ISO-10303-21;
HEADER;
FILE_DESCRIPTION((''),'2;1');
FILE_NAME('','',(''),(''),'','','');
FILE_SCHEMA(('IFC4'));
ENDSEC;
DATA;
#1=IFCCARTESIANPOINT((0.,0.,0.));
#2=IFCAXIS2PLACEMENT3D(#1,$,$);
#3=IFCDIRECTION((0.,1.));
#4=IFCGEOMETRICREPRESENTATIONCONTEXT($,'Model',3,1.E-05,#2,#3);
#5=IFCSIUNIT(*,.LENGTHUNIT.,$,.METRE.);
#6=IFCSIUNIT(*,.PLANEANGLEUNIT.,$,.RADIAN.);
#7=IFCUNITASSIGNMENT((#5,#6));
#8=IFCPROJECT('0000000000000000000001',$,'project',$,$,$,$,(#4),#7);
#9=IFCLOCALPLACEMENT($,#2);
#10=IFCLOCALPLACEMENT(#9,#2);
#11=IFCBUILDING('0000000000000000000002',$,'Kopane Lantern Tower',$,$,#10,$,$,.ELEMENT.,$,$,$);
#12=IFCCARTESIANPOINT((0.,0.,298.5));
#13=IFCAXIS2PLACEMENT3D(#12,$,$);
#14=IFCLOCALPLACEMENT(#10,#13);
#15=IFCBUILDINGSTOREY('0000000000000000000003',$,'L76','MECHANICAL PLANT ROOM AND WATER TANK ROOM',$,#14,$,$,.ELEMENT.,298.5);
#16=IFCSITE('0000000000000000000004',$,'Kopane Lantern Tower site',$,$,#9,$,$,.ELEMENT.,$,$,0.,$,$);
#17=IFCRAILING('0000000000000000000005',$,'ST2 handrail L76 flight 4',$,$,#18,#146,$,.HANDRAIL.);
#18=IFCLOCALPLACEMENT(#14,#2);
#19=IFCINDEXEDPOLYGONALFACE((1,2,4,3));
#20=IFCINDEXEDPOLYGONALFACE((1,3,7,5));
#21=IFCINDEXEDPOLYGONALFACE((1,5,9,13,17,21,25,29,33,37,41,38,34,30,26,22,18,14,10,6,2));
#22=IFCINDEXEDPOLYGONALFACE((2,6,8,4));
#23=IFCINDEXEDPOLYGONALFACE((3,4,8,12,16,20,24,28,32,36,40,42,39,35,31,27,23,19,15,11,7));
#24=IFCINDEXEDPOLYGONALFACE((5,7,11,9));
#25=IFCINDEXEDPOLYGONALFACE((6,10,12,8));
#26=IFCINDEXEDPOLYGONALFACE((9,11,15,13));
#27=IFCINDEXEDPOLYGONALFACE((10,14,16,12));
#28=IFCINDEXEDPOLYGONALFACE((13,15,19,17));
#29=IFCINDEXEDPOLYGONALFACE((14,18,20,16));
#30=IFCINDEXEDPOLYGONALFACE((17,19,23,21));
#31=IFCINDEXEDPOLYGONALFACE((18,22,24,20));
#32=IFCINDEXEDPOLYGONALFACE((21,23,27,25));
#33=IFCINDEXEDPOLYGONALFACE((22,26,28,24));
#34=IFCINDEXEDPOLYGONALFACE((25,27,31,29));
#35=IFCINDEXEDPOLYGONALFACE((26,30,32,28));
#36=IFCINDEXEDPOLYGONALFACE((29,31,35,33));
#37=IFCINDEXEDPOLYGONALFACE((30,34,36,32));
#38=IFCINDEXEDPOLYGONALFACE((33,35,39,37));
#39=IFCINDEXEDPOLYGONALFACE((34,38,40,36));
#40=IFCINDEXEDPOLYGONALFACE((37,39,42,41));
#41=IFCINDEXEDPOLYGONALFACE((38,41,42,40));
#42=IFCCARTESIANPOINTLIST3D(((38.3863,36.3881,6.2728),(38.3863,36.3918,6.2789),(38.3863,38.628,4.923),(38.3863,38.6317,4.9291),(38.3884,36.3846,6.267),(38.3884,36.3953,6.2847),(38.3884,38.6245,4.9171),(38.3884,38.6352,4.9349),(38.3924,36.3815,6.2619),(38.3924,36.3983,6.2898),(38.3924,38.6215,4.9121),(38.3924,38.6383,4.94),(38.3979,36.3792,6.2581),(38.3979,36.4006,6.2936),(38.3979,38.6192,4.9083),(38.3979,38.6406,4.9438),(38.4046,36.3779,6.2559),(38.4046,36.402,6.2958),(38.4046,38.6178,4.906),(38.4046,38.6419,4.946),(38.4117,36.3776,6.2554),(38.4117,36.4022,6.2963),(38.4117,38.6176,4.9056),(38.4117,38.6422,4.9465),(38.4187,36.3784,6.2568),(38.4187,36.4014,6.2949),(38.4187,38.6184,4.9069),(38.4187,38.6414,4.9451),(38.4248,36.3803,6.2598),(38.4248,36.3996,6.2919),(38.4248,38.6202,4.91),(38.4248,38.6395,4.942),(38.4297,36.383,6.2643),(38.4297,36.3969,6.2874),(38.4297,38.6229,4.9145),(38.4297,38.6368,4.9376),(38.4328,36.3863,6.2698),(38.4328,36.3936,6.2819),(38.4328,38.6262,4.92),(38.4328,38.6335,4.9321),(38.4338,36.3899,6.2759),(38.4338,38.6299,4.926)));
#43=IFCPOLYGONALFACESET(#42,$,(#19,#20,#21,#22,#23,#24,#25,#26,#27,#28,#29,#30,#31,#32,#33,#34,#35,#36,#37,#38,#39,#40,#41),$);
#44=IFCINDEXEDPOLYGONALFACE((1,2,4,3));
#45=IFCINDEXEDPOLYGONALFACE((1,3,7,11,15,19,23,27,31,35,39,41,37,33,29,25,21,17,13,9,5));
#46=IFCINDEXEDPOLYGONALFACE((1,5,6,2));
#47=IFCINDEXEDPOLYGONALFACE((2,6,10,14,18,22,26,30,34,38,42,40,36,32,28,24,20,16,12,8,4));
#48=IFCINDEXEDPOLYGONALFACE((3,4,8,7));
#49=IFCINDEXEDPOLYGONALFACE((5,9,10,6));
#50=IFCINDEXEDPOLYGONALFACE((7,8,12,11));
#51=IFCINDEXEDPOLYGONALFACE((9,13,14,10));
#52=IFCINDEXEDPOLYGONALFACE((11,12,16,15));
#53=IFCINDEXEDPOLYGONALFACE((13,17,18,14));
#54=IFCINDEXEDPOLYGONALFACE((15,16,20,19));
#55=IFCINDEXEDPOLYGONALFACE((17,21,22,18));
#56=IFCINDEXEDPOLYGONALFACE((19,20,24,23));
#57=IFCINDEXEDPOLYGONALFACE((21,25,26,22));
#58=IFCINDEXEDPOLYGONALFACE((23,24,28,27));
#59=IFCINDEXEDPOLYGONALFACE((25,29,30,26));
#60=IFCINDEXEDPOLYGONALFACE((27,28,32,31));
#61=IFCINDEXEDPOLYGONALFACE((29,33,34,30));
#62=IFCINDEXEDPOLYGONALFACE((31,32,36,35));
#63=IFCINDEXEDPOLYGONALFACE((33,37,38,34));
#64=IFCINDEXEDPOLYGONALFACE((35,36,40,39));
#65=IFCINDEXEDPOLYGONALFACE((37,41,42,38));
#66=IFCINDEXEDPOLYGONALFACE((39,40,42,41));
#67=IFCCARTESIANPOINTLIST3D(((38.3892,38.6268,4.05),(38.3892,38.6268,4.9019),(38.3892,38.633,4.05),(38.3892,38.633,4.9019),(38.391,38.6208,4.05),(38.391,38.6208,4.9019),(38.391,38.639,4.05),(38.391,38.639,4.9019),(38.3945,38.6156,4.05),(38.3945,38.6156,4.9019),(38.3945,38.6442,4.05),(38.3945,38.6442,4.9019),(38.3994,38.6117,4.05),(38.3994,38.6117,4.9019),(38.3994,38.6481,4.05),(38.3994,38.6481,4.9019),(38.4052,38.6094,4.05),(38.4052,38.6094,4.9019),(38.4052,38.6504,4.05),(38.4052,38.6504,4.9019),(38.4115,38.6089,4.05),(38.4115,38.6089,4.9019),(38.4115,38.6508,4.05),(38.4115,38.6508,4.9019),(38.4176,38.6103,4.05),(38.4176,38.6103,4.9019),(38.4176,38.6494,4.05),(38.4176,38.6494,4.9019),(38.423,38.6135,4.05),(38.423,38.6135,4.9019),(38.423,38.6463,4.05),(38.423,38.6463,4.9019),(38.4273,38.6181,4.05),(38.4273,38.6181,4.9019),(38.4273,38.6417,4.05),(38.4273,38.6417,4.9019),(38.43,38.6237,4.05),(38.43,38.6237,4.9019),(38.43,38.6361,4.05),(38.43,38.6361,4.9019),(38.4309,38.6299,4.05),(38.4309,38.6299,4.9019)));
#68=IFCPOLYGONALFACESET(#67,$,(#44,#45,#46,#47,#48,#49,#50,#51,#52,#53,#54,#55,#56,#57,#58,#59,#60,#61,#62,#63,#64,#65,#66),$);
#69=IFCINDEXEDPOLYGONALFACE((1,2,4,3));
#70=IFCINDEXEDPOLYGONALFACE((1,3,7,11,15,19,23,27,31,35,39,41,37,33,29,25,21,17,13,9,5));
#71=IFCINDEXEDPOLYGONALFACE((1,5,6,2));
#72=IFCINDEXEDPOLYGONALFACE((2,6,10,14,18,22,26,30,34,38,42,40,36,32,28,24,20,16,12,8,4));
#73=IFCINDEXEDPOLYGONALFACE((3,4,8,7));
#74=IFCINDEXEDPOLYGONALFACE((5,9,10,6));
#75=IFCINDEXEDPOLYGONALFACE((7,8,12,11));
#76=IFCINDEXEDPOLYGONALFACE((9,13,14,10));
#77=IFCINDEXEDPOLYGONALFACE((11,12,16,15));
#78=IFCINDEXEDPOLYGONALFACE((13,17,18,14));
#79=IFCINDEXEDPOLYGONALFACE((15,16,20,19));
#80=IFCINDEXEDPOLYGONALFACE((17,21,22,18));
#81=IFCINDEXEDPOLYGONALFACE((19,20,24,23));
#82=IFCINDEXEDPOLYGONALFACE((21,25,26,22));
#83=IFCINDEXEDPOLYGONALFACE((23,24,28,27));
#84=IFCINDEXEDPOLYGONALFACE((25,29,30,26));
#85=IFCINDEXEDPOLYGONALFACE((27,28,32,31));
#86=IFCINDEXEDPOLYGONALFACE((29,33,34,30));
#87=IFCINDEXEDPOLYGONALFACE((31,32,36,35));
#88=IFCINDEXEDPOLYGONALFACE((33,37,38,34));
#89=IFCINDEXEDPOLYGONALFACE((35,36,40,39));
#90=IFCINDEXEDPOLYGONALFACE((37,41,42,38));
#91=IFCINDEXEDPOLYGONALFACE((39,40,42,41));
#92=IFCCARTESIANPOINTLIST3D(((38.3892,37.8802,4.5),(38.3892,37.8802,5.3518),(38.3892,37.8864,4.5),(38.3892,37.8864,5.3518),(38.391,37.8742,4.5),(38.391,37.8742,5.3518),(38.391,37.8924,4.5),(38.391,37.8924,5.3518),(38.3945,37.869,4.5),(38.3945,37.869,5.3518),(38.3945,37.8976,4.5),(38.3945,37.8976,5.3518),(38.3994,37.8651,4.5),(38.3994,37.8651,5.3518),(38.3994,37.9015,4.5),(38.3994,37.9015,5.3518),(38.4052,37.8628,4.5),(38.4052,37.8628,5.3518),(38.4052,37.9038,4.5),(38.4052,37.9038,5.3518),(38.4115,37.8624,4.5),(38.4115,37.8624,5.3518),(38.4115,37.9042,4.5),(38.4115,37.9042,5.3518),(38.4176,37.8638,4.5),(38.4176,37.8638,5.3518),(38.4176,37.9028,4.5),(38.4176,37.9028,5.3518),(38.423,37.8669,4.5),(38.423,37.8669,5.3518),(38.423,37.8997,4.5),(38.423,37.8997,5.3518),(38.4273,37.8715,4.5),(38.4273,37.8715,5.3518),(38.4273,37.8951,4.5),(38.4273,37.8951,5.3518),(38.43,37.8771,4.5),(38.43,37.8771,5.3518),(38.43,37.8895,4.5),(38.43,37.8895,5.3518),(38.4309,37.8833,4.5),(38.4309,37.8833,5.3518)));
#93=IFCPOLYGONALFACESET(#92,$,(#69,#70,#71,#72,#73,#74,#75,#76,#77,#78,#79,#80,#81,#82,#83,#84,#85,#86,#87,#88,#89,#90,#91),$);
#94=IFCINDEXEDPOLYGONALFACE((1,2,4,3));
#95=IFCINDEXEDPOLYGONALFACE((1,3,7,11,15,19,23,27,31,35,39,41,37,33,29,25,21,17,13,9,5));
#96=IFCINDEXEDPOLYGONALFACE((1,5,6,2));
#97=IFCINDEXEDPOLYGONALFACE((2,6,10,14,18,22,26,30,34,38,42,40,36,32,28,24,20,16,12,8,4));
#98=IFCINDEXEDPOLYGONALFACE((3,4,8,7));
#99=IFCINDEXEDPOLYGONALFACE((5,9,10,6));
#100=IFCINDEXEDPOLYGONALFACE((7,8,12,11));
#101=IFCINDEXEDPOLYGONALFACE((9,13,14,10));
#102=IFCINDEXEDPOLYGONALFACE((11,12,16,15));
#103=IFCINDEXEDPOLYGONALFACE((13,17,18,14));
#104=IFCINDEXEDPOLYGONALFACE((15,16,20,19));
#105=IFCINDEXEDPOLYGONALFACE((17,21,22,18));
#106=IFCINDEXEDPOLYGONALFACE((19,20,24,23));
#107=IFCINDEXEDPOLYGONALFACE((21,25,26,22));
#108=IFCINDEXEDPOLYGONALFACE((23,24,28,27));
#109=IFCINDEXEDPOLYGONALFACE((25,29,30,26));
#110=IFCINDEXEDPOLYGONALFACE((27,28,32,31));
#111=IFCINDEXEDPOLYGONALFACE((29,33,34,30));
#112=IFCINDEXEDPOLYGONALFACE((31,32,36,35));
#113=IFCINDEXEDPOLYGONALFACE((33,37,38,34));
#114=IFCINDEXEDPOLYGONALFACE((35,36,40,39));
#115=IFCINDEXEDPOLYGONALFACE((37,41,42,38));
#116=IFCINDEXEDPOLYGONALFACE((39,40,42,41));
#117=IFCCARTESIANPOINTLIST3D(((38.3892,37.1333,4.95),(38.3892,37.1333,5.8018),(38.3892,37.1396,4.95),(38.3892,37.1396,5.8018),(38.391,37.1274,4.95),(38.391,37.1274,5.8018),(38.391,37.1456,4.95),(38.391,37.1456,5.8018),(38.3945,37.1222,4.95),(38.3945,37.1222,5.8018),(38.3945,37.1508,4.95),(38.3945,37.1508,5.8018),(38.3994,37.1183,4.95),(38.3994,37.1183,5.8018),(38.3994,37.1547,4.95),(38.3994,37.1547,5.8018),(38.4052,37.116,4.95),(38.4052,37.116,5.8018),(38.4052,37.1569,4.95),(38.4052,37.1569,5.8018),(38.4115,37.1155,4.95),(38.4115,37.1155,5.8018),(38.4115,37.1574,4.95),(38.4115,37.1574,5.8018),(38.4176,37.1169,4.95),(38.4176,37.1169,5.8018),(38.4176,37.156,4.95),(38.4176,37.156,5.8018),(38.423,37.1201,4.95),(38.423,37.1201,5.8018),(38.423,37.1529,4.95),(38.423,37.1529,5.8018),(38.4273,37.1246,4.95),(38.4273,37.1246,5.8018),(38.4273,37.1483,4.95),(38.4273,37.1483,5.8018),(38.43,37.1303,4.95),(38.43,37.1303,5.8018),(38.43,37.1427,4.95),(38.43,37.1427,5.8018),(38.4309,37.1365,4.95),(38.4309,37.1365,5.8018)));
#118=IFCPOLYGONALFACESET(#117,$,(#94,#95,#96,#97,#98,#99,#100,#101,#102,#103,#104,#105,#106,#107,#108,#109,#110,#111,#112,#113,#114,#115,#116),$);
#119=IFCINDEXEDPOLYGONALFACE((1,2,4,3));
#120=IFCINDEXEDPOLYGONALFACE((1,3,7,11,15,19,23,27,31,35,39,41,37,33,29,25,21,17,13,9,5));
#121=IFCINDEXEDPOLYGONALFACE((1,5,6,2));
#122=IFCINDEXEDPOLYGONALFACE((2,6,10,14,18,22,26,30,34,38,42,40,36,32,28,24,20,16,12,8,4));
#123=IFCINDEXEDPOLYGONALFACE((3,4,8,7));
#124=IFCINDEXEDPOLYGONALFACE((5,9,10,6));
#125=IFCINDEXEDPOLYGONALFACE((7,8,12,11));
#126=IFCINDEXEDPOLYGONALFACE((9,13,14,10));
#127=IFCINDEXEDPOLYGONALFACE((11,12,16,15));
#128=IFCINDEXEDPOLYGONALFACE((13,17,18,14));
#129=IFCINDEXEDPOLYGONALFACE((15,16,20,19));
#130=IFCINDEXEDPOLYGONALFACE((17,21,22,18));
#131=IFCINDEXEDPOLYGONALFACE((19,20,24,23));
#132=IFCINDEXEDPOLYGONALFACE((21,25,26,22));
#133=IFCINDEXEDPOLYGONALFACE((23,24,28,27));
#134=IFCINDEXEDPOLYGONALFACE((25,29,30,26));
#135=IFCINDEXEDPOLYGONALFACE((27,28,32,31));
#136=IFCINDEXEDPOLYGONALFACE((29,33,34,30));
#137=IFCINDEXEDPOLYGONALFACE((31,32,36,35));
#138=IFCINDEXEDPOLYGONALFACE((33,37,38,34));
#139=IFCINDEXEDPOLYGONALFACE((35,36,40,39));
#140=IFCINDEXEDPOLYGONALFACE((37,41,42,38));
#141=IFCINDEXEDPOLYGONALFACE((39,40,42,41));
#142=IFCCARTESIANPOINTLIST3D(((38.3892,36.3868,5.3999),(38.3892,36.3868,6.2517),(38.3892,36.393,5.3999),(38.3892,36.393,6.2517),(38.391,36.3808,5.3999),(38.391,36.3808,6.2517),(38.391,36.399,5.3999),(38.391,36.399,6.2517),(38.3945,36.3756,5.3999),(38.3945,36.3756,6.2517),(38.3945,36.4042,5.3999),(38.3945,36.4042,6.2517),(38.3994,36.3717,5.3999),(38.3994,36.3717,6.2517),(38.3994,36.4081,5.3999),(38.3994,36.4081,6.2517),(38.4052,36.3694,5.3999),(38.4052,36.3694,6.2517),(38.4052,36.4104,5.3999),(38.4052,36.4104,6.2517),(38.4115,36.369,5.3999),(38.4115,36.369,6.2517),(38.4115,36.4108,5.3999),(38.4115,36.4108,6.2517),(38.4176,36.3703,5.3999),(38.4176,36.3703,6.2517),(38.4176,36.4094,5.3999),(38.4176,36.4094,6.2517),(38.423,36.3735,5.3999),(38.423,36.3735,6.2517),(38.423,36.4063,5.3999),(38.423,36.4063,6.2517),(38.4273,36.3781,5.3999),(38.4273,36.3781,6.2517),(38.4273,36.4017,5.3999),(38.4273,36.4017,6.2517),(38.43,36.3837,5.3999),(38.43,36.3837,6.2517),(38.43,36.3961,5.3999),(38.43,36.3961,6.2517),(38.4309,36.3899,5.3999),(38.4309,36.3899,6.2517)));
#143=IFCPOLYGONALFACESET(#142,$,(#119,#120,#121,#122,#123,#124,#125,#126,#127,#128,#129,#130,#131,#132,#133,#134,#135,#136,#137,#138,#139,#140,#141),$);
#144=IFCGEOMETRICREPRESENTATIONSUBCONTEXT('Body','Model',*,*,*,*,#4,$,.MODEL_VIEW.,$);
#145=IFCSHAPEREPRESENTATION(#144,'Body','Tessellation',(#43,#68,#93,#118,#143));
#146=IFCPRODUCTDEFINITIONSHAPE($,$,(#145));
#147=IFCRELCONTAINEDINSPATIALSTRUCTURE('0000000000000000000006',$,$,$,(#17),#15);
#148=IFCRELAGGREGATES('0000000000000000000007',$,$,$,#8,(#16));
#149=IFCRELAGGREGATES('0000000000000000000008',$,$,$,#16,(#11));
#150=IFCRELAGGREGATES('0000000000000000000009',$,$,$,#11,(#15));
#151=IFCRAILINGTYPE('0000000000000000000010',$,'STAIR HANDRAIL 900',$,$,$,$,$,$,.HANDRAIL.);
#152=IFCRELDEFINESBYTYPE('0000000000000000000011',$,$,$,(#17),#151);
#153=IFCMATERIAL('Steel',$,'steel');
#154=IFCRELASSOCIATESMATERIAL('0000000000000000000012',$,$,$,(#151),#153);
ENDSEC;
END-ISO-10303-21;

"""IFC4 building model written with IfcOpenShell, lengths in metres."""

from ifc_helpers import new_model, si_unit, direction, frame, origin, origin_2d, place, context, subcontext, project, spatial, circle, extrude, material, type_object, element, save


model = new_model("IFC4")

# Units and contexts
model_context = context("Model", 3, precision=1e-05, world=origin(), true_north=direction((0.0, 1.0)))
body_context = subcontext(model_context, "Body", "Model", "MODEL_VIEW")
ifc_project = project(units=[si_unit("LENGTHUNIT", "METRE"), si_unit("PLANEANGLEUNIT", "RADIAN")], contexts=[model_context])

# Site, building, storey
site_placement = place(None, origin())
site = spatial("IfcSite", under=ifc_project, at=site_placement, Name="Kopane Lantern Tower site", CompositionType="ELEMENT", RefElevation=0.0)
building_placement = place(site_placement, origin())
building = spatial("IfcBuilding", under=site, at=building_placement, Name="Kopane Lantern Tower", CompositionType="ELEMENT")
storey_placement = place(building_placement, frame((0.0, 0.0, 298.5)))
storey = spatial("IfcBuildingStorey", under=building, at=storey_placement, Name="L76", Description="MECHANICAL PLANT ROOM AND WATER TANK ROOM", CompositionType="ELEMENT", Elevation=298.5)

# Railing
ifc_material_1 = material(Name="Steel", Category="steel")
railing_type_1 = type_object("IfcRailingType", Name="STAIR HANDRAIL 900", PredefinedType="HANDRAIL", material=ifc_material_1)
for number, where, name in (
    (1, (38.4099, 38.6299, 4.05), "ST2 handrail L76 flight 4"),
):
    element("IfcRailing", number, at=place(storey_placement, frame(where)), inside=storey, type_object=railing_type_1, Name=name, PredefinedType="HANDRAIL", context=body_context, shape_type="SweptSolid", body=[
        extrude(circle(Radius=0.0239, at=origin_2d()), frame((0.0, 0.0, 0.876), z_axis=(0.0, -0.856503, 0.516142), x_axis=(1.0, 0.0, 0.0)), (0.0, 0.0, 1.0), 2.6152),
        extrude(circle(Radius=0.021, at=origin_2d()), origin(), (0.0, 0.0, 1.0), 0.8518),
        extrude(circle(Radius=0.021, at=origin_2d()), frame((0.0, -0.7466, 0.45)), (0.0, 0.0, 1.0), 0.8518),
        extrude(circle(Radius=0.021, at=origin_2d()), frame((0.0, -1.4934, 0.8999)), (0.0, 0.0, 1.0), 0.8518),
        extrude(circle(Radius=0.021, at=origin_2d()), frame((0.0, -2.24, 1.3499)), (0.0, 0.0, 1.0), 0.8518),
    ])

save(model, "model.ifc")
